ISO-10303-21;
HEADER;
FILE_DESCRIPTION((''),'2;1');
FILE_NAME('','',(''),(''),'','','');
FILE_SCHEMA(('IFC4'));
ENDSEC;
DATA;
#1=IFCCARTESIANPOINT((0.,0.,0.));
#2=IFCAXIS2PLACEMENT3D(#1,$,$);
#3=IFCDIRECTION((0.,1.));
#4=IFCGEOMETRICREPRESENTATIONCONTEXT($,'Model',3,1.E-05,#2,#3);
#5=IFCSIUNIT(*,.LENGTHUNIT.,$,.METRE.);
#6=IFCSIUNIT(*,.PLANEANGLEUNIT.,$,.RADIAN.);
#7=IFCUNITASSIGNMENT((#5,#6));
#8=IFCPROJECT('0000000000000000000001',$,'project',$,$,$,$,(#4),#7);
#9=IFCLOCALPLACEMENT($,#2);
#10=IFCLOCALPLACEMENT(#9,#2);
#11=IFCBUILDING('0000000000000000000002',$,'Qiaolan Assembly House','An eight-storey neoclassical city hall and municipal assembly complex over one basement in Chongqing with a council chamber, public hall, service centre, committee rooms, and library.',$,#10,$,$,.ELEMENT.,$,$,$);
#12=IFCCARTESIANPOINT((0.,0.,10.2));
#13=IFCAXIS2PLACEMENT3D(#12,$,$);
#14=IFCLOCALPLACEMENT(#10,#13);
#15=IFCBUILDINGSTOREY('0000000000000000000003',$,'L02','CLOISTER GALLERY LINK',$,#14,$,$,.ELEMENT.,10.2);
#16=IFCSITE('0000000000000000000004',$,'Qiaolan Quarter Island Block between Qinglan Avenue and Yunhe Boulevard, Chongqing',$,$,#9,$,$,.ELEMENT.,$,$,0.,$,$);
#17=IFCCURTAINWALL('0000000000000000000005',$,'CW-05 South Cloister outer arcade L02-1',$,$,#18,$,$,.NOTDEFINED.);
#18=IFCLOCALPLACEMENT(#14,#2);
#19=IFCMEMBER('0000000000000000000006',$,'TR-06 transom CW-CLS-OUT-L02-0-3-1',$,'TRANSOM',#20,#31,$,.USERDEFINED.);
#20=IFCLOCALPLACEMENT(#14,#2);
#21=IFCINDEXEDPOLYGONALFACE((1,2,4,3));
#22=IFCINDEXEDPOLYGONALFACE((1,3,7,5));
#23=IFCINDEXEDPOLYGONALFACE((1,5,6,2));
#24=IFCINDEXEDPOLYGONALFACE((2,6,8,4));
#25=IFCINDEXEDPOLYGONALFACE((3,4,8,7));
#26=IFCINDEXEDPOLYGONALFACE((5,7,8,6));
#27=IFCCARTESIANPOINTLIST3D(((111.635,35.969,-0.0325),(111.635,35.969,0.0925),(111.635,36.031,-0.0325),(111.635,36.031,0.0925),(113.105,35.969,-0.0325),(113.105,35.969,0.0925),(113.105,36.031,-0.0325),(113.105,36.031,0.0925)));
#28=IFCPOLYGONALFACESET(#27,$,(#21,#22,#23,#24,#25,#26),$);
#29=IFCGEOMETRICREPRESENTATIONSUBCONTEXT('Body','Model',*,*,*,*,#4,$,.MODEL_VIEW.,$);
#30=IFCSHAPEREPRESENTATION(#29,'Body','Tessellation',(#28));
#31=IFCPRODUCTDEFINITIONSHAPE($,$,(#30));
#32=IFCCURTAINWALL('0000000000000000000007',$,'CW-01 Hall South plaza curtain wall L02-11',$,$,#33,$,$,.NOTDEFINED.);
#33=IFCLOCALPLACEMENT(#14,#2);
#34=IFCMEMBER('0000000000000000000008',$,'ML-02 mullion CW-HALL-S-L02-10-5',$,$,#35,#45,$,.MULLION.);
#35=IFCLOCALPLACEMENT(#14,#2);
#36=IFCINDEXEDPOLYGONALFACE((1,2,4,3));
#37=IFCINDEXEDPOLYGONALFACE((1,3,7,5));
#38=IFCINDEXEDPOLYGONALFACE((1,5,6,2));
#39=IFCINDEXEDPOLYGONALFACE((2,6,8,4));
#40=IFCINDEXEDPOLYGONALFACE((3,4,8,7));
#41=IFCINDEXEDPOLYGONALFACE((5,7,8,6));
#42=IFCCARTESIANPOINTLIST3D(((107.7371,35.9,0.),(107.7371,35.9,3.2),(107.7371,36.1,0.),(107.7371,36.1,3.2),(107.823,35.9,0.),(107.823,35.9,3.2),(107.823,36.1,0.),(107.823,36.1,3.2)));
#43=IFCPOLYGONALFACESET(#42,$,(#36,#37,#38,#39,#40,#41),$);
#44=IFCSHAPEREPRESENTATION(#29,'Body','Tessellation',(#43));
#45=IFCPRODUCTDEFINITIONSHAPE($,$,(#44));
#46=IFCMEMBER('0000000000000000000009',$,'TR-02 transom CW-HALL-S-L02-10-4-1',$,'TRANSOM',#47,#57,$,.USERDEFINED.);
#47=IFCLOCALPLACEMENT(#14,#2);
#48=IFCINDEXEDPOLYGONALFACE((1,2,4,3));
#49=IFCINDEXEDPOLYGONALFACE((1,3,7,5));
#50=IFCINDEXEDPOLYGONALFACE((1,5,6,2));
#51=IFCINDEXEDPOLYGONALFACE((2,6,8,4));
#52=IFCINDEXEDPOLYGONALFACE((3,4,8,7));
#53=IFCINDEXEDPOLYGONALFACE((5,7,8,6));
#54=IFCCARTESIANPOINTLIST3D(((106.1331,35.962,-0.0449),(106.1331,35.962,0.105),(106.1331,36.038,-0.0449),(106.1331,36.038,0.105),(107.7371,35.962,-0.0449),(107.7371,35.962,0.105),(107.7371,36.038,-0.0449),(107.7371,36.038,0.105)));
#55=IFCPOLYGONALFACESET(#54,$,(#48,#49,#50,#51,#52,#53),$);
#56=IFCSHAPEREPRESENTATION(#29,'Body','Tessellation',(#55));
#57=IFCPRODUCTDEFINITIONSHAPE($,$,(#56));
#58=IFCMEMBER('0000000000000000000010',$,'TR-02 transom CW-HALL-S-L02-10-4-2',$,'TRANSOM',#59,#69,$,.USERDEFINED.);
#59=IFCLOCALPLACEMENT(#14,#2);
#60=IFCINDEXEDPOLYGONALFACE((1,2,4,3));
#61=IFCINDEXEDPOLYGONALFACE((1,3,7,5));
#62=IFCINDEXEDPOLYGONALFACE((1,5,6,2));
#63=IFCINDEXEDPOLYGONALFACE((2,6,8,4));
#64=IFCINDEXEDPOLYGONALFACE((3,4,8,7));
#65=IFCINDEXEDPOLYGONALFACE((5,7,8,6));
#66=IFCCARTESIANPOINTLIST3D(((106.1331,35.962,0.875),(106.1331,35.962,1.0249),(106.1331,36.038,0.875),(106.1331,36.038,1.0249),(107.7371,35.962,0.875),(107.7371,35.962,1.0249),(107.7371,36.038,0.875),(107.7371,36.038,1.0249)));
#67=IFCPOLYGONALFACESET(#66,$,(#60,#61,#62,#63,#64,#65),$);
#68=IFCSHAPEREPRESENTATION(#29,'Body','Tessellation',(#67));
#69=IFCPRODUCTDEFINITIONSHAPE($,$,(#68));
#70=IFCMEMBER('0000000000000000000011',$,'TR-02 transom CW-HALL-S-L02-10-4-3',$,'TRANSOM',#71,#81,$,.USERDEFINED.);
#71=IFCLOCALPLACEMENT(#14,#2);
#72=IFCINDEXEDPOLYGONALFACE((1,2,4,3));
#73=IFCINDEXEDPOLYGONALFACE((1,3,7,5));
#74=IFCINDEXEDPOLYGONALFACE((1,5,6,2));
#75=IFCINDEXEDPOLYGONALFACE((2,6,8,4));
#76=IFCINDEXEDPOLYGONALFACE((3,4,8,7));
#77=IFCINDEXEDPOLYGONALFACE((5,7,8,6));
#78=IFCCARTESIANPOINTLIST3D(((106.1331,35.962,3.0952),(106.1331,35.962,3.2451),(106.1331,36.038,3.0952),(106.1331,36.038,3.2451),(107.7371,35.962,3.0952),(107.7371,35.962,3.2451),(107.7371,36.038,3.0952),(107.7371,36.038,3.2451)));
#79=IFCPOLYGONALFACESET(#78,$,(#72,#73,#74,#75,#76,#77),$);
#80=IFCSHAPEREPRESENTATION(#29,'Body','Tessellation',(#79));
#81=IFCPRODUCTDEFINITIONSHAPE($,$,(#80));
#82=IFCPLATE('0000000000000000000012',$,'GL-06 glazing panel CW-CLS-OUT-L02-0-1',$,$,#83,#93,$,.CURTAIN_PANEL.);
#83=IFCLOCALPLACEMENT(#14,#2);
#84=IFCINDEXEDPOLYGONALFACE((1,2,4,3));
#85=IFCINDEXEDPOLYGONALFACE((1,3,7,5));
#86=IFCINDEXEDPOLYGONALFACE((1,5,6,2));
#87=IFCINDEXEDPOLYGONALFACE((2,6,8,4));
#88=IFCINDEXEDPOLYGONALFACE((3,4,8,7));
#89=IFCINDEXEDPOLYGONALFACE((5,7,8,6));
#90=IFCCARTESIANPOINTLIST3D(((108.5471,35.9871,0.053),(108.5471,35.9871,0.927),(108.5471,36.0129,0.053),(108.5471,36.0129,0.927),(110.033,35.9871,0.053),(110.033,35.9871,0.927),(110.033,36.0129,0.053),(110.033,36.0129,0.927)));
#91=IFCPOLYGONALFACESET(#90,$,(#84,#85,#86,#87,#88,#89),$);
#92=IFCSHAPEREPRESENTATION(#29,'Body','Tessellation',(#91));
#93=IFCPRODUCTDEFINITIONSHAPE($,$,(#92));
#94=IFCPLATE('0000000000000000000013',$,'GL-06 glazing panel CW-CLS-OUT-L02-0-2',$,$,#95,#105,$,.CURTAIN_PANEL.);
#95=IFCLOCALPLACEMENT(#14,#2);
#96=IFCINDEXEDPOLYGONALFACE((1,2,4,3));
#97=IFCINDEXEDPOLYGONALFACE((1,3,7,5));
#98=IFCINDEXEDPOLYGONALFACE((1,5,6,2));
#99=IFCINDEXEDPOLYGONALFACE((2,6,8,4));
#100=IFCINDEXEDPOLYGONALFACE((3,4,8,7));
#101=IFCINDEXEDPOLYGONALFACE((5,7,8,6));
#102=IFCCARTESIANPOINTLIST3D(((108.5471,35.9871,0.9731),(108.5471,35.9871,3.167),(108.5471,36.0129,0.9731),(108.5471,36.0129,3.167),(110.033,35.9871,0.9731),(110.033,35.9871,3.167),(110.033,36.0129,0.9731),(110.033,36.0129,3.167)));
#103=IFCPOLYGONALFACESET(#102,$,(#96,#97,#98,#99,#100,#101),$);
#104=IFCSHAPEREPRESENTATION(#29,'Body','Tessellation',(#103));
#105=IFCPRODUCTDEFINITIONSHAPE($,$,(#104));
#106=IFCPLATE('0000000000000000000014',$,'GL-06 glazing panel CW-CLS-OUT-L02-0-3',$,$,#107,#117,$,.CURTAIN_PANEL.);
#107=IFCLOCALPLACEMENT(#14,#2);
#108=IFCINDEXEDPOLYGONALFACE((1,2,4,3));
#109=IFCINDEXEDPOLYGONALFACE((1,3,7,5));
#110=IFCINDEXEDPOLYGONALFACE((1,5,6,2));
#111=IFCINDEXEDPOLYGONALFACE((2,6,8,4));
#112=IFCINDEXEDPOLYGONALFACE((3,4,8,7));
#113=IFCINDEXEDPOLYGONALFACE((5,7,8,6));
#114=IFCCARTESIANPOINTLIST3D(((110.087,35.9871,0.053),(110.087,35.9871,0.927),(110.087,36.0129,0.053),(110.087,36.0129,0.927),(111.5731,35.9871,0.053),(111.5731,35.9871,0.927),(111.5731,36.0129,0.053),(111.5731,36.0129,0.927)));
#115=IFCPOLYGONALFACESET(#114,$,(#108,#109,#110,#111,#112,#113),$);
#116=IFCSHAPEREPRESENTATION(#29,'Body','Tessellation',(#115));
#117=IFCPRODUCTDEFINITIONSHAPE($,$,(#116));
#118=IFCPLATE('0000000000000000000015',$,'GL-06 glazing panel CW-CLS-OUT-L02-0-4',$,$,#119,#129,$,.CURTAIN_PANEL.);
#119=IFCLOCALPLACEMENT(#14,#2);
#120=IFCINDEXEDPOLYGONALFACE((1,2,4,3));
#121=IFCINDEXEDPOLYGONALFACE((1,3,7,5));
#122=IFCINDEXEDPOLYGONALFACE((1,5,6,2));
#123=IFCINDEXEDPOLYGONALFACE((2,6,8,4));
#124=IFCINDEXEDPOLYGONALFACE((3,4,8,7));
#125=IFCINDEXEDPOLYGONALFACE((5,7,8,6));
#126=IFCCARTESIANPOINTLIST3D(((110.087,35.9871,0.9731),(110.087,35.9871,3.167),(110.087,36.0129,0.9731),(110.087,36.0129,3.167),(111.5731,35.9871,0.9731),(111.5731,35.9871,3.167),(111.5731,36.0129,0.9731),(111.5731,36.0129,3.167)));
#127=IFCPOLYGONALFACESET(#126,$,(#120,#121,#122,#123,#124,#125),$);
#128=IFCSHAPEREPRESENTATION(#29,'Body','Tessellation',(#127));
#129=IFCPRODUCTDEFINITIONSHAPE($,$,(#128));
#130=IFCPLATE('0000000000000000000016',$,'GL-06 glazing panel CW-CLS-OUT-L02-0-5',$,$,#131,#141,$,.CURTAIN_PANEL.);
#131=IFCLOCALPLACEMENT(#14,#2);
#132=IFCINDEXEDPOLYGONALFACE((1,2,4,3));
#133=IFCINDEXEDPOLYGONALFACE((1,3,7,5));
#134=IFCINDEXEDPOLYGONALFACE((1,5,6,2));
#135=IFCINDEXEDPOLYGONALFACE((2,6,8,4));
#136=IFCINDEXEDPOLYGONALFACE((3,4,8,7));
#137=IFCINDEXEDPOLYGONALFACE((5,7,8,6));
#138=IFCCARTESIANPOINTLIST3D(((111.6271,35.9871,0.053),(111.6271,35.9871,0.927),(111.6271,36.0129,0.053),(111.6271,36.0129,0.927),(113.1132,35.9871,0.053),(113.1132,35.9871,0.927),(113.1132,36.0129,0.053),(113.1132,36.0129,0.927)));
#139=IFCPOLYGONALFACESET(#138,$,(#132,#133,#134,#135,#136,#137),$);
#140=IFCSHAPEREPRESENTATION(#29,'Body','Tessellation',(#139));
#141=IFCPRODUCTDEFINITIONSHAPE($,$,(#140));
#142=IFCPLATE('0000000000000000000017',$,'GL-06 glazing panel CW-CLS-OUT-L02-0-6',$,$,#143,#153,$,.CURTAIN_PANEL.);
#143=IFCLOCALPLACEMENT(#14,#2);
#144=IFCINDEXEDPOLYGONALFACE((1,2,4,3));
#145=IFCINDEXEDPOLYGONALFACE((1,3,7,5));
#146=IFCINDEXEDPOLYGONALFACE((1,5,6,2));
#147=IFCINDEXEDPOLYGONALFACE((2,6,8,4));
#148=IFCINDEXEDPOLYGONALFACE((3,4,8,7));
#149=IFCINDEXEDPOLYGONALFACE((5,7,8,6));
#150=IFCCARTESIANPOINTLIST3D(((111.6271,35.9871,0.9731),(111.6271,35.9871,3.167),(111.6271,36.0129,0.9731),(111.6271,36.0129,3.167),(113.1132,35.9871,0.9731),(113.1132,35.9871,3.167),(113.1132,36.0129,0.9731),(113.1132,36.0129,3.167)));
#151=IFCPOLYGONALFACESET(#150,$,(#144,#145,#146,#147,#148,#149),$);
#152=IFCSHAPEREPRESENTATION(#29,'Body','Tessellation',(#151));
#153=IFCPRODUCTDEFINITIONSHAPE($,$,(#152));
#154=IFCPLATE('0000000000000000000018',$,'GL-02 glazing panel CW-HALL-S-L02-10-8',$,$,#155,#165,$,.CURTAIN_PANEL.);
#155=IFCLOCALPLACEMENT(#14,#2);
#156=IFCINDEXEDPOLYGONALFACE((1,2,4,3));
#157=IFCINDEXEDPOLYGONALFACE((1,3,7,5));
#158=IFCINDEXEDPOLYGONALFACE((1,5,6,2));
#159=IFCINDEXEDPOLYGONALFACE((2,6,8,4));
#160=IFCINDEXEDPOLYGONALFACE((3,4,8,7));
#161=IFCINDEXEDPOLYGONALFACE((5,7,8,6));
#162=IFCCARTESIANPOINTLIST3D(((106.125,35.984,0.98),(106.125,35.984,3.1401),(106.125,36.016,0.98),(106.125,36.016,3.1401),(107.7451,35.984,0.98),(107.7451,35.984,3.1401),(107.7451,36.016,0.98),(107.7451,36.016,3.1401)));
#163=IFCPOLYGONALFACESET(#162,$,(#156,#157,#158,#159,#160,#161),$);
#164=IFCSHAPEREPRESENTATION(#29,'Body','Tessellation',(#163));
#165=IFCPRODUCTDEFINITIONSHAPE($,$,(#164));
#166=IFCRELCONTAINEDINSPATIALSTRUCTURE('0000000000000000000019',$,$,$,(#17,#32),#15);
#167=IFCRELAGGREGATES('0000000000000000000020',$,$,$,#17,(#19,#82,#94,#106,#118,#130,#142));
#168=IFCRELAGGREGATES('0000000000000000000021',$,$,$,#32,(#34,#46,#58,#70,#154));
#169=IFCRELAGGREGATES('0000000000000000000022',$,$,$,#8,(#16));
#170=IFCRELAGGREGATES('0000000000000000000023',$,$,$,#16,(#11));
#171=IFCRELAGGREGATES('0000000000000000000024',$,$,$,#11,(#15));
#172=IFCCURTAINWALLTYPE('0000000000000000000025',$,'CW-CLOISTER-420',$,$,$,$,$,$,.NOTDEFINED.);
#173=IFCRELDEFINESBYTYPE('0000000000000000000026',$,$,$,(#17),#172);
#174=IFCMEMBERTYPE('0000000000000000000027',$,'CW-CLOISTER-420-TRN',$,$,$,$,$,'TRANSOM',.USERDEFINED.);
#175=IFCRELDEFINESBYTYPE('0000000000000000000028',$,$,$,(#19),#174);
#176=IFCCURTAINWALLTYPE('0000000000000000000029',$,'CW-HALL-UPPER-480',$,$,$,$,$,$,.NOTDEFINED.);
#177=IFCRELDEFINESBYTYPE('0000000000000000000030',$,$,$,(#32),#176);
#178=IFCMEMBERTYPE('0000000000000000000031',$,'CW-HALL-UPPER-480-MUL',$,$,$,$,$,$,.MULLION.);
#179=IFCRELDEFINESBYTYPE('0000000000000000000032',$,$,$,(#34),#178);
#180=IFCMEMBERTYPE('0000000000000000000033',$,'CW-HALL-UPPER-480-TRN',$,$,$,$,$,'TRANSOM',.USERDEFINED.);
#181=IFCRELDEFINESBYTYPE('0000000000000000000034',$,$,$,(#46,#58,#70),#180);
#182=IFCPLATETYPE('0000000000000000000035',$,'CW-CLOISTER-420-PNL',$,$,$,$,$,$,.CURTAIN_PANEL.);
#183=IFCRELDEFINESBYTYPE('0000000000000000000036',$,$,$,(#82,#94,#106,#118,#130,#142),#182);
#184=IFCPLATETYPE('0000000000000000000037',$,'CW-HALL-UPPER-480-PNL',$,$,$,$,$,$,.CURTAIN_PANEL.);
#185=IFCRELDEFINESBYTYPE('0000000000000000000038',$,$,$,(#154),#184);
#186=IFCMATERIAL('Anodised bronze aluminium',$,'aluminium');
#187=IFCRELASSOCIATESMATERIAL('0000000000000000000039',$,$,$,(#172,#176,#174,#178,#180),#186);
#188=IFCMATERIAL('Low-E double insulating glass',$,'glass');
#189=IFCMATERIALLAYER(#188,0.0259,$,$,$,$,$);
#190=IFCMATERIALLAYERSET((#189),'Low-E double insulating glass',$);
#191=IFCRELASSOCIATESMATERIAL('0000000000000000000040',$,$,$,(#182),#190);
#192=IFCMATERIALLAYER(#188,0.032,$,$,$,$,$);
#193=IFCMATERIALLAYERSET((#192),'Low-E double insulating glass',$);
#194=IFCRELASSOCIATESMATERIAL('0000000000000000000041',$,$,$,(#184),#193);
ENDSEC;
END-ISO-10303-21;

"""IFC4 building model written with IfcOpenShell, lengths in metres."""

from ifc_helpers import new_model, si_unit, direction, frame, frame_2d, origin, origin_2d, place, context, subcontext, project, spatial, rectangle, extrude, material, layer, layer_set, material_profile, profile_set, type_object, element, aggregate, save


model = new_model("IFC4")

# Units and contexts
model_context = context("Model", 3, precision=1e-05, world=origin(), true_north=direction((0.0, 1.0)))
body_context = subcontext(model_context, "Body", "Model", "MODEL_VIEW")
ifc_project = project(units=[si_unit("LENGTHUNIT", "METRE"), si_unit("PLANEANGLEUNIT", "RADIAN")], contexts=[model_context])

# Site, building, storey
site_placement = place(None, origin())
site = spatial("IfcSite", under=ifc_project, at=site_placement, Name="Qiaolan Quarter Island Block between Qinglan Avenue and Yunhe Boulevard, Chongqing", CompositionType="ELEMENT", RefElevation=0.0)
building_placement = place(site_placement, origin())
building = spatial("IfcBuilding", under=site, at=building_placement, Name="Qiaolan Assembly House", Description="An eight-storey neoclassical city hall and municipal assembly complex over one basement in Chongqing with a council chamber, public hall, service centre, committee rooms, and library.", CompositionType="ELEMENT")
storey_placement = place(building_placement, frame((0.0, 0.0, 10.2)))
storey = spatial("IfcBuildingStorey", under=building, at=storey_placement, Name="L02", Description="CLOISTER GALLERY LINK", CompositionType="ELEMENT", Elevation=10.2)

# Curtain walls, members
ifc_material_1 = material(Name="Anodised bronze aluminium", Category="aluminium")
curtain_wall_type_1 = type_object("IfcCurtainWallType", Name="CW-CLOISTER-420", PredefinedType="NOTDEFINED", material=ifc_material_1)
curtain_wall_1_placement = place(storey_placement, origin())
curtain_wall_1 = element("IfcCurtainWall", 1, at=curtain_wall_1_placement, inside=storey, type_object=curtain_wall_type_1, Name="CW-05 South Cloister outer arcade L02-1", PredefinedType="NOTDEFINED")
ifc_material_profile_1 = material_profile(ifc_material_1, rectangle(XDim=0.062, YDim=0.125, at=origin_2d()), Name="TRN 62x125")
ifc_profile_set_1 = profile_set([ifc_material_profile_1], Name="Anodised bronze aluminium")
member_type_1 = type_object("IfcMemberType", Name="CW-CLOISTER-420-TRN", ElementType="TRANSOM", PredefinedType="USERDEFINED", material=ifc_profile_set_1)
member_1_placement = place(storey_placement, frame((111.635, 36.0, 0.03), z_axis=(1.0, 0.0, 0.0), x_axis=(0.0, 1.0, 0.0)))
member_1 = element("IfcMember", 2, at=member_1_placement, type_object=member_type_1, Name="TR-06 transom CW-CLS-OUT-L02-0-3-1", ObjectType="TRANSOM", PredefinedType="USERDEFINED", context=body_context, shape_type="SweptSolid", body=[
    extrude(rectangle(XDim=0.062, YDim=0.125, at=origin_2d()), origin(), (0.0, 0.0, 1.0), 1.47),
])
curtain_wall_type_2 = type_object("IfcCurtainWallType", Name="CW-HALL-UPPER-480", PredefinedType="NOTDEFINED", material=ifc_material_1)
curtain_wall_2_placement = place(storey_placement, origin())
curtain_wall_2 = element("IfcCurtainWall", 3, at=curtain_wall_2_placement, inside=storey, type_object=curtain_wall_type_2, Name="CW-01 Hall South plaza curtain wall L02-11", PredefinedType="NOTDEFINED")
ifc_material_profile_2 = material_profile(ifc_material_1, rectangle(XDim=0.0859, YDim=0.2, at=origin_2d()), Name="MUL 86x200")
ifc_profile_set_2 = profile_set([ifc_material_profile_2], Name="Anodised bronze aluminium")
member_type_2 = type_object("IfcMemberType", Name="CW-HALL-UPPER-480-MUL", PredefinedType="MULLION", material=ifc_profile_set_2)
member_2_placement = place(storey_placement, frame((107.78, 36.0, 0.0), z_axis=(0.0, 0.0, 1.0), x_axis=(1.0, 0.0, 0.0)))
member_2 = element("IfcMember", 4, at=member_2_placement, type_object=member_type_2, Name="ML-02 mullion CW-HALL-S-L02-10-5", PredefinedType="MULLION", context=body_context, shape_type="SweptSolid", body=[
    extrude(rectangle(XDim=0.0859, YDim=0.2, at=origin_2d()), origin(), (0.0, 0.0, 1.0), 3.2),
])
ifc_material_profile_3 = material_profile(ifc_material_1, rectangle(XDim=0.0759, YDim=0.1499, at=origin_2d()), Name="TRN 76x150")
ifc_profile_set_3 = profile_set([ifc_material_profile_3], Name="Anodised bronze aluminium")
member_type_3 = type_object("IfcMemberType", Name="CW-HALL-UPPER-480-TRN", ElementType="TRANSOM", PredefinedType="USERDEFINED", material=ifc_profile_set_3)
member_3_placement = place(storey_placement, frame((106.1331, 36.0, 0.03), z_axis=(1.0, 0.0, 0.0), x_axis=(0.0, 1.0, 0.0)))
member_3 = element("IfcMember", 5, at=member_3_placement, type_object=member_type_3, Name="TR-02 transom CW-HALL-S-L02-10-4-1", ObjectType="TRANSOM", PredefinedType="USERDEFINED", context=body_context, shape_type="SweptSolid", body=[
    extrude(rectangle(XDim=0.0759, YDim=0.1499, at=origin_2d()), origin(), (0.0, 0.0, 1.0), 1.604),
])
member_4_placement = place(storey_placement, frame((106.1331, 36.0, 0.95), z_axis=(1.0, 0.0, 0.0), x_axis=(0.0, 1.0, 0.0)))
member_4 = element("IfcMember", 6, at=member_4_placement, type_object=member_type_3, Name="TR-02 transom CW-HALL-S-L02-10-4-2", ObjectType="TRANSOM", PredefinedType="USERDEFINED", context=body_context, shape_type="SweptSolid", body=[
    extrude(rectangle(XDim=0.0759, YDim=0.1499, at=origin_2d()), origin(), (0.0, 0.0, 1.0), 1.604),
])
member_5_placement = place(storey_placement, frame((106.1331, 36.0, 3.1702), z_axis=(1.0, 0.0, 0.0), x_axis=(0.0, 1.0, 0.0)))
member_5 = element("IfcMember", 7, at=member_5_placement, type_object=member_type_3, Name="TR-02 transom CW-HALL-S-L02-10-4-3", ObjectType="TRANSOM", PredefinedType="USERDEFINED", context=body_context, shape_type="SweptSolid", body=[
    extrude(rectangle(XDim=0.0759, YDim=0.1499, at=origin_2d()), origin(), (0.0, 0.0, 1.0), 1.604),
])

# Plates
ifc_material_2 = material(Name="Low-E double insulating glass", Category="glass")
ifc_layer_1 = layer(ifc_material_2, 0.0259)
ifc_layer_set_1 = layer_set([ifc_layer_1], Name="Low-E double insulating glass")
plate_type_1 = type_object("IfcPlateType", Name="CW-CLOISTER-420-PNL", PredefinedType="CURTAIN_PANEL", material=ifc_layer_set_1)
plate_1_placement = place(storey_placement, frame((108.5471, 36.0, 0.053), z_axis=(0.0, 0.0, 1.0), x_axis=(1.0, 0.0, 0.0)))
plate_1 = element("IfcPlate", 8, at=plate_1_placement, type_object=plate_type_1, Name="GL-06 glazing panel CW-CLS-OUT-L02-0-1", PredefinedType="CURTAIN_PANEL", context=body_context, shape_type="SweptSolid", body=[
    extrude(rectangle(XDim=1.4858, YDim=0.0259, at=frame_2d((0.7429, 0.0))), origin(), (0.0, 0.0, 1.0), 0.874),
])
plate_2_placement = place(storey_placement, frame((108.5471, 36.0, 0.9731), z_axis=(0.0, 0.0, 1.0), x_axis=(1.0, 0.0, 0.0)))
plate_2 = element("IfcPlate", 9, at=plate_2_placement, type_object=plate_type_1, Name="GL-06 glazing panel CW-CLS-OUT-L02-0-2", PredefinedType="CURTAIN_PANEL", context=body_context, shape_type="SweptSolid", body=[
    extrude(rectangle(XDim=1.4858, YDim=0.0259, at=frame_2d((0.7429, 0.0))), origin(), (0.0, 0.0, 1.0), 2.1938),
])
plate_3_placement = place(storey_placement, frame((110.0869, 36.0, 0.053), z_axis=(0.0, 0.0, 1.0), x_axis=(1.0, 0.0, 0.0)))
plate_3 = element("IfcPlate", 10, at=plate_3_placement, type_object=plate_type_1, Name="GL-06 glazing panel CW-CLS-OUT-L02-0-3", PredefinedType="CURTAIN_PANEL", context=body_context, shape_type="SweptSolid", body=[
    extrude(rectangle(XDim=1.4861, YDim=0.0259, at=frame_2d((0.7432, 0.0))), origin(), (0.0, 0.0, 1.0), 0.874),
])
plate_4_placement = place(storey_placement, frame((110.0869, 36.0, 0.9731), z_axis=(0.0, 0.0, 1.0), x_axis=(1.0, 0.0, 0.0)))
plate_4 = element("IfcPlate", 11, at=plate_4_placement, type_object=plate_type_1, Name="GL-06 glazing panel CW-CLS-OUT-L02-0-4", PredefinedType="CURTAIN_PANEL", context=body_context, shape_type="SweptSolid", body=[
    extrude(rectangle(XDim=1.4861, YDim=0.0259, at=frame_2d((0.7432, 0.0))), origin(), (0.0, 0.0, 1.0), 2.1938),
])
plate_5_placement = place(storey_placement, frame((111.627, 36.0, 0.053), z_axis=(0.0, 0.0, 1.0), x_axis=(1.0, 0.0, 0.0)))
plate_5 = element("IfcPlate", 12, at=plate_5_placement, type_object=plate_type_1, Name="GL-06 glazing panel CW-CLS-OUT-L02-0-5", PredefinedType="CURTAIN_PANEL", context=body_context, shape_type="SweptSolid", body=[
    extrude(rectangle(XDim=1.4861, YDim=0.0259, at=frame_2d((0.7432, 0.0))), origin(), (0.0, 0.0, 1.0), 0.874),
])
plate_6_placement = place(storey_placement, frame((111.627, 36.0, 0.9731), z_axis=(0.0, 0.0, 1.0), x_axis=(1.0, 0.0, 0.0)))
plate_6 = element("IfcPlate", 13, at=plate_6_placement, type_object=plate_type_1, Name="GL-06 glazing panel CW-CLS-OUT-L02-0-6", PredefinedType="CURTAIN_PANEL", context=body_context, shape_type="SweptSolid", body=[
    extrude(rectangle(XDim=1.4861, YDim=0.0259, at=frame_2d((0.7432, 0.0))), origin(), (0.0, 0.0, 1.0), 2.1938),
])
aggregate(curtain_wall_1, [member_1, plate_1, plate_2, plate_3, plate_4, plate_5, plate_6])
ifc_layer_2 = layer(ifc_material_2, 0.032)
ifc_layer_set_2 = layer_set([ifc_layer_2], Name="Low-E double insulating glass")
plate_type_2 = type_object("IfcPlateType", Name="CW-HALL-UPPER-480-PNL", PredefinedType="CURTAIN_PANEL", material=ifc_layer_set_2)
plate_7_placement = place(storey_placement, frame((106.125, 36.0, 0.98), z_axis=(0.0, 0.0, 1.0), x_axis=(1.0, 0.0, 0.0)))
plate_7 = element("IfcPlate", 14, at=plate_7_placement, type_object=plate_type_2, Name="GL-02 glazing panel CW-HALL-S-L02-10-8", PredefinedType="CURTAIN_PANEL", context=body_context, shape_type="SweptSolid", body=[
    extrude(rectangle(XDim=1.6201, YDim=0.032, at=frame_2d((0.8101, 0.0))), origin(), (0.0, 0.0, 1.0), 2.1602),
])
aggregate(curtain_wall_2, [member_2, member_3, member_4, member_5, plate_7])

save(model, "model.ifc")
